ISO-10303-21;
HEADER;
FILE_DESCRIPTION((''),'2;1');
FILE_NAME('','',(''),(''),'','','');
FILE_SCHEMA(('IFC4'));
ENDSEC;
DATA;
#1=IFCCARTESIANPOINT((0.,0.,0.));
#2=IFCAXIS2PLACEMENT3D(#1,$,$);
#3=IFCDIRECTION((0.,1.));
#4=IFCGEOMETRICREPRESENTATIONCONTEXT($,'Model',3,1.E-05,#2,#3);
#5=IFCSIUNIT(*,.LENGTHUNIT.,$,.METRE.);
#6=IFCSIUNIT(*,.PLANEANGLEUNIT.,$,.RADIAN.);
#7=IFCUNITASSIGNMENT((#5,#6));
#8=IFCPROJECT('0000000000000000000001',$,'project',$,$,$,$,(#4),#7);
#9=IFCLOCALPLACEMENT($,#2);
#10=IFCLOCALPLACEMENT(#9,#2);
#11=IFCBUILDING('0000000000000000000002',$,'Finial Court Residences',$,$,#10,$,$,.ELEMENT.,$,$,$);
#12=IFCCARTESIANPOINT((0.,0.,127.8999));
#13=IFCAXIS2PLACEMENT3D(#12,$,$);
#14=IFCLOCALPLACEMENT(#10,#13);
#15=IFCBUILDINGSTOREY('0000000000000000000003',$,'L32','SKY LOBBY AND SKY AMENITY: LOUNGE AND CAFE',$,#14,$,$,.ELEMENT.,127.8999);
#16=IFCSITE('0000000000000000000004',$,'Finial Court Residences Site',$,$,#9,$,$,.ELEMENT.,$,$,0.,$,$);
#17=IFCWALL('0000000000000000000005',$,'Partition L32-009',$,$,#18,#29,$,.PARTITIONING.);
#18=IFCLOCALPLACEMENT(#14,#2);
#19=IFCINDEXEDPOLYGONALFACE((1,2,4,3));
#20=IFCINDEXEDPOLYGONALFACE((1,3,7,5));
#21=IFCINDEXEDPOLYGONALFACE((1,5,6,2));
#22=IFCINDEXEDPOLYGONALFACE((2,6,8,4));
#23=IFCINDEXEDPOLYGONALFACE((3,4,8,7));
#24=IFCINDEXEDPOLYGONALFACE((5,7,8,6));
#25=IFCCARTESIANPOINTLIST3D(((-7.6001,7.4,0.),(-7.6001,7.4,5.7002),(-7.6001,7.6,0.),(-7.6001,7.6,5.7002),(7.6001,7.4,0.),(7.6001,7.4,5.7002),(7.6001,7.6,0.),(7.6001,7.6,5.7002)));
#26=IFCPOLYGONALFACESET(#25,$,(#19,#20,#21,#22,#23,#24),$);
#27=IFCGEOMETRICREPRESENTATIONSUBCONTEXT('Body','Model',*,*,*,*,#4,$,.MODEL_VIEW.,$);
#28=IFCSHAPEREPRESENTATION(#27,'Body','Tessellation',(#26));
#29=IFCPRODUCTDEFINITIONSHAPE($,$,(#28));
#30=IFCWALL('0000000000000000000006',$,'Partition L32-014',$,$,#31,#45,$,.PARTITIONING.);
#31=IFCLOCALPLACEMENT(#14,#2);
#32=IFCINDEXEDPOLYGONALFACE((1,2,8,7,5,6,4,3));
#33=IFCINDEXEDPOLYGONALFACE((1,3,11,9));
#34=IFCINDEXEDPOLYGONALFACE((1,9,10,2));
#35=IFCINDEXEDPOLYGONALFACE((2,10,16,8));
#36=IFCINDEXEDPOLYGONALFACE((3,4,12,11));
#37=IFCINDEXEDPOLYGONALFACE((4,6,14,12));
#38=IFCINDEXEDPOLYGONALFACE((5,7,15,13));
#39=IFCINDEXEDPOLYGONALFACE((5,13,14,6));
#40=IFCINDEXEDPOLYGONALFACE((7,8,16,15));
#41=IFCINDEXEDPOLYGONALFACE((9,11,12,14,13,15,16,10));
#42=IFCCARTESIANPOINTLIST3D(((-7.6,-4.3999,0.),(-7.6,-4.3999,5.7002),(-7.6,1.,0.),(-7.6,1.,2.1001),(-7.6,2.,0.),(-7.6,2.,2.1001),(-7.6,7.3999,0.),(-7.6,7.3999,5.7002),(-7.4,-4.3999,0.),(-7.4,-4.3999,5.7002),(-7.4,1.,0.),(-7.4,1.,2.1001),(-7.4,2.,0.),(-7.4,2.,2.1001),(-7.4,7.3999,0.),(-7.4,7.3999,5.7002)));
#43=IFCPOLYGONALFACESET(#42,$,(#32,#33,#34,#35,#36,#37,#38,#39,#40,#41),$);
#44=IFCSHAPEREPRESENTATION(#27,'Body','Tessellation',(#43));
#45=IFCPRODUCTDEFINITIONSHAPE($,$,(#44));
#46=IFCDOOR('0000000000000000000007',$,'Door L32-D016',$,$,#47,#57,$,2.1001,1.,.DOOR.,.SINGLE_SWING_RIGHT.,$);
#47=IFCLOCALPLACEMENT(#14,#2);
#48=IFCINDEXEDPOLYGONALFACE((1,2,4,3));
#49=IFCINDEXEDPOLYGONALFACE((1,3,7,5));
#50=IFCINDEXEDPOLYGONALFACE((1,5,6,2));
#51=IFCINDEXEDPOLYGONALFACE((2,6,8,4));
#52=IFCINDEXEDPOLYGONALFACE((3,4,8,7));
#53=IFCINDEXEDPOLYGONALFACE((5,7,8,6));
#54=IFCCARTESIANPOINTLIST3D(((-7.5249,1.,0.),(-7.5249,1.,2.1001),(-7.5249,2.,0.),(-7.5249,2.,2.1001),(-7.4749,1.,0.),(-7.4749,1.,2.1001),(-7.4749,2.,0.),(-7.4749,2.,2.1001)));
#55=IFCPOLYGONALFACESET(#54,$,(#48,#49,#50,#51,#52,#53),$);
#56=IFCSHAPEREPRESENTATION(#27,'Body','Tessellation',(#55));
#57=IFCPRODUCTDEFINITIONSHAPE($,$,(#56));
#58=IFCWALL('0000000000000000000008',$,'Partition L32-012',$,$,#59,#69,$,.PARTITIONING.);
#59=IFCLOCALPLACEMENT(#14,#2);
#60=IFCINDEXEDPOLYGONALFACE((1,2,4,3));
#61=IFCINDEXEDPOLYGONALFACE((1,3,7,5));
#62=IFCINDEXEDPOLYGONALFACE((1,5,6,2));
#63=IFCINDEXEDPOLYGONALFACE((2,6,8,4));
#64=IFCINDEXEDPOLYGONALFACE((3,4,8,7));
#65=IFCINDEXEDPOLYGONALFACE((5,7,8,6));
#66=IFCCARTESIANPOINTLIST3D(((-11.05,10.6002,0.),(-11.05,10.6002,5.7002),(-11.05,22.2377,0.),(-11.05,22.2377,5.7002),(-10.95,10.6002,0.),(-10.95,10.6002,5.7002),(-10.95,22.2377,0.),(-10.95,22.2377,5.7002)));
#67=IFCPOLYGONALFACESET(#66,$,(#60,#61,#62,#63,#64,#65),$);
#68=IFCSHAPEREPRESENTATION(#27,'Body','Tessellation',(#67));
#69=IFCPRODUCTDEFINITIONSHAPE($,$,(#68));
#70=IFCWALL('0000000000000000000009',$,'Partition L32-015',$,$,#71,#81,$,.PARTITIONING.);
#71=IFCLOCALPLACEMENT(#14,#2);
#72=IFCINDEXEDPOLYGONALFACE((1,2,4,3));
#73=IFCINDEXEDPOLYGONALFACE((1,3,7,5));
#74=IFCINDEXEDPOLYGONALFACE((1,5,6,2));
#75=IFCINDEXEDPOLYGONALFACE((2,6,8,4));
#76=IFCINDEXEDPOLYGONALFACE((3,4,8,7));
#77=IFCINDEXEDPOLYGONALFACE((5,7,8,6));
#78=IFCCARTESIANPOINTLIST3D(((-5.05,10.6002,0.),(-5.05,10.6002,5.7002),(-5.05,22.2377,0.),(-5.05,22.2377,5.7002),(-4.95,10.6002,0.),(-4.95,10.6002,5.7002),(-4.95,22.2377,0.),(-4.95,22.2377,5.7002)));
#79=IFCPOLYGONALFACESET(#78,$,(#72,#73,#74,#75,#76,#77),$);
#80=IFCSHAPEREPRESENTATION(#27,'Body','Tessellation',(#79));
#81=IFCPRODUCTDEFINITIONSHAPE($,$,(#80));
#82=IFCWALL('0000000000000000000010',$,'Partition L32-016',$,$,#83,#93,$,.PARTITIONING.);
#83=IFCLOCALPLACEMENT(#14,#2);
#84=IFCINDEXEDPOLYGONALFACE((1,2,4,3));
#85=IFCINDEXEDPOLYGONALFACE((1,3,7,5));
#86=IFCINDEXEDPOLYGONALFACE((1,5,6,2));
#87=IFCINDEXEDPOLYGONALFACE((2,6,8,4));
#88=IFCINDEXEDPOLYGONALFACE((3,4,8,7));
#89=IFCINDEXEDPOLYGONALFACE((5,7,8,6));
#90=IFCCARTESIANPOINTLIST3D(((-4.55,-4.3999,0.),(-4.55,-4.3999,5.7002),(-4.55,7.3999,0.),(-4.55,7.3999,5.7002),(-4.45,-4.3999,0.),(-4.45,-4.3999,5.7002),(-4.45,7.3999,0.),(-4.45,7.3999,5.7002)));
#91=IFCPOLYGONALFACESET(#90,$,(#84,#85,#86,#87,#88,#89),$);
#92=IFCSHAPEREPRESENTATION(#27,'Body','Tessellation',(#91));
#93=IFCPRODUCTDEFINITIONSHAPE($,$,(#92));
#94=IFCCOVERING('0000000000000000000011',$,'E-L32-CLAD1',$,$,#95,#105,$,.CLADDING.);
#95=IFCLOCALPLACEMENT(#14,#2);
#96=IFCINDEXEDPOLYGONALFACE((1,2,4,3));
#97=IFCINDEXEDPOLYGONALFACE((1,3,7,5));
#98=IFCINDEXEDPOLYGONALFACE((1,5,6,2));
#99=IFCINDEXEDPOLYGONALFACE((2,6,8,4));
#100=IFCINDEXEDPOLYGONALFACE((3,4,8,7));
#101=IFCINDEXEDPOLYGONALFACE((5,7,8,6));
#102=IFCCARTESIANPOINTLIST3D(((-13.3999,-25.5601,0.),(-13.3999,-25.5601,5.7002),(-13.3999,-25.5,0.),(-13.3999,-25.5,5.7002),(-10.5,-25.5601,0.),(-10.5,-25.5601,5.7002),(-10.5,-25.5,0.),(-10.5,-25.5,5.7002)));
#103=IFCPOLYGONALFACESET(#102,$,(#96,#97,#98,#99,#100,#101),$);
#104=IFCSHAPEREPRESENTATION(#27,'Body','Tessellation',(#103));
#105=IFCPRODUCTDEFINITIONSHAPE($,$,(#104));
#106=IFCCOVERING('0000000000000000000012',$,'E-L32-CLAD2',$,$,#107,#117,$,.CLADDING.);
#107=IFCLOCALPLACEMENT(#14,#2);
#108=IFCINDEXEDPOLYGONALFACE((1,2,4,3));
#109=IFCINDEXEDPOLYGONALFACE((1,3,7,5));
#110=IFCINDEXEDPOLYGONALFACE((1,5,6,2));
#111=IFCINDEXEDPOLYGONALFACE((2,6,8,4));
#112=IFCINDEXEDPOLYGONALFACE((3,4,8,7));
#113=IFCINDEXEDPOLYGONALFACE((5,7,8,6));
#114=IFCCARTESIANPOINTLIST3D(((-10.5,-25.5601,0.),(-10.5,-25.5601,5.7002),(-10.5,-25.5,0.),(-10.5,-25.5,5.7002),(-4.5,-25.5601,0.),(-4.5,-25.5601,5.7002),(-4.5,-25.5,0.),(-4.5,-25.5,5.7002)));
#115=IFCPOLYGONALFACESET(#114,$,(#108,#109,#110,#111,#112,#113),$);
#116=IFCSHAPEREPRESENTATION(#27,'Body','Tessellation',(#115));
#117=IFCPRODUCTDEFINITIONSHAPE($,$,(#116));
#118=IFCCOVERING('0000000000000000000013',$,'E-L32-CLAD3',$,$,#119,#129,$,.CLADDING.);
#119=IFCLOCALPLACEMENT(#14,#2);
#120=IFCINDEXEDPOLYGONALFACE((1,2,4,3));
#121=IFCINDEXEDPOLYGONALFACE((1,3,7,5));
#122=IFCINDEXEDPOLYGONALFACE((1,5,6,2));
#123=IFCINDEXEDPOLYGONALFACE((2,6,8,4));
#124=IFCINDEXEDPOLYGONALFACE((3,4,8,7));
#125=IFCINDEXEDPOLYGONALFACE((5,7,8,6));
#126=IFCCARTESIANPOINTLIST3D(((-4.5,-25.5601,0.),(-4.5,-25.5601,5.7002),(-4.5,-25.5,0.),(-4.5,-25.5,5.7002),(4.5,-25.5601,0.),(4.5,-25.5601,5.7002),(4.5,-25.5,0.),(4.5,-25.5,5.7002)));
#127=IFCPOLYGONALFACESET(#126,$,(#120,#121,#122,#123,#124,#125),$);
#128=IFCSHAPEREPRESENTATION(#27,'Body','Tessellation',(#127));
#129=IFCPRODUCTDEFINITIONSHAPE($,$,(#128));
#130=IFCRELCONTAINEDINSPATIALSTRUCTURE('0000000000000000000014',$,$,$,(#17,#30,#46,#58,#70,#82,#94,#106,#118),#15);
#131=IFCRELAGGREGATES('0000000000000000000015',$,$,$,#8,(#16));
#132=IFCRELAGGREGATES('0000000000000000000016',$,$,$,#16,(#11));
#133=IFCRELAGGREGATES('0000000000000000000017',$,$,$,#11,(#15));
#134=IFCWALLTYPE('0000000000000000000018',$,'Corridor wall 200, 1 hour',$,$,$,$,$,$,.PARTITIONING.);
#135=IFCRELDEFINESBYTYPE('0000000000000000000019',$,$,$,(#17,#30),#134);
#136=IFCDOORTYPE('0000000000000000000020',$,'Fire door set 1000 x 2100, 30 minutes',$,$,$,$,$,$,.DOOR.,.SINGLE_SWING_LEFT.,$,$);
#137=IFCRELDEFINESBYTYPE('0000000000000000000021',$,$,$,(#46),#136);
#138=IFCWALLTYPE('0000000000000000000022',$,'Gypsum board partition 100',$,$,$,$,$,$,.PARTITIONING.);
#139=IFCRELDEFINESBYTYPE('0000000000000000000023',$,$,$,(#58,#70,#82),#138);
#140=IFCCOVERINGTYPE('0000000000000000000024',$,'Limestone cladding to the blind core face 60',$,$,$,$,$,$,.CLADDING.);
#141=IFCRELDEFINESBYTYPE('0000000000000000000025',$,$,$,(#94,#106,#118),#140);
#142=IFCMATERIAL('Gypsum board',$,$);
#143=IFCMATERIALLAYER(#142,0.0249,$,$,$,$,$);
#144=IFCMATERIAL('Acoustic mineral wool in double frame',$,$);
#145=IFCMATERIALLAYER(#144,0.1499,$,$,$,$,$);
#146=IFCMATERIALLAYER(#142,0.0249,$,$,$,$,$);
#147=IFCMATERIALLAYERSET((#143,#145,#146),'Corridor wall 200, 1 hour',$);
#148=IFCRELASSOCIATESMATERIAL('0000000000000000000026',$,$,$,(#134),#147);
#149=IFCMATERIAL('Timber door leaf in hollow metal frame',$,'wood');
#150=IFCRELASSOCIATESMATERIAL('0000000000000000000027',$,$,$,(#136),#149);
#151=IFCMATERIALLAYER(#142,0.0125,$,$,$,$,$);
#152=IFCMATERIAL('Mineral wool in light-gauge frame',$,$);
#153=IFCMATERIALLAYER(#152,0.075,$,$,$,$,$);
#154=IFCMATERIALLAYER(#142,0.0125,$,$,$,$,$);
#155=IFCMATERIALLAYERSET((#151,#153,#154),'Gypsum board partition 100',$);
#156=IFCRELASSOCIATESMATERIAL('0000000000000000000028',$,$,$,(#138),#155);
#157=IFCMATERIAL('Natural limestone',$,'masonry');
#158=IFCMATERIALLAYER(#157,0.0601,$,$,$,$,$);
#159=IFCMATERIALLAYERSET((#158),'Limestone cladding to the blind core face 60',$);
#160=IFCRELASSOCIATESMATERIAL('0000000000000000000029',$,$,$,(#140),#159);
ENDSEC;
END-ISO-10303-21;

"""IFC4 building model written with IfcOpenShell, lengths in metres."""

from ifc_helpers import new_model, si_unit, direction, frame, frame_2d, origin, place, context, subcontext, project, spatial, polyline, rectangle, outline, extrude, material, layer, layer_set, type_object, element, fill, save


model = new_model("IFC4")

# Units and contexts
model_context = context("Model", 3, precision=1e-05, world=origin(), true_north=direction((0.0, 1.0)))
body_context = subcontext(model_context, "Body", "Model", "MODEL_VIEW")
ifc_project = project(units=[si_unit("LENGTHUNIT", "METRE"), si_unit("PLANEANGLEUNIT", "RADIAN")], contexts=[model_context])

# Site, building, storey
site_placement = place(None, origin())
site = spatial("IfcSite", under=ifc_project, at=site_placement, Name="Finial Court Residences Site", CompositionType="ELEMENT", RefElevation=0.0)
building_placement = place(site_placement, origin())
building = spatial("IfcBuilding", under=site, at=building_placement, Name="Finial Court Residences", CompositionType="ELEMENT")
storey_placement = place(building_placement, frame((0.0, 0.0, 127.8999)))
storey = spatial("IfcBuildingStorey", under=building, at=storey_placement, Name="L32", Description="SKY LOBBY AND SKY AMENITY: LOUNGE AND CAFE", CompositionType="ELEMENT", Elevation=127.8999)

# Shared definitions
ifc_material_1 = material(Name="Gypsum board")
ifc_layer_1 = layer(ifc_material_1, 0.0249)
ifc_material_2 = material(Name="Acoustic mineral wool in double frame")
ifc_layer_2 = layer(ifc_material_2, 0.1499)
ifc_layer_3 = layer(ifc_material_1, 0.0249)
ifc_layer_set_1 = layer_set([ifc_layer_1, ifc_layer_2, ifc_layer_3], Name="Corridor wall 200, 1 hour")
wall_type_1 = type_object("IfcWallType", Name="Corridor wall 200, 1 hour", PredefinedType="PARTITIONING", material=ifc_layer_set_1)
ifc_material_3 = material(Name="Timber door leaf in hollow metal frame", Category="wood")
door_type = type_object("IfcDoorType", Name="Fire door set 1000 x 2100, 30 minutes", OperationType="SINGLE_SWING_LEFT", PredefinedType="DOOR", material=ifc_material_3)

# Wall
wall_1_placement = place(storey_placement, frame((-7.6001, 7.5, 0.0), z_axis=(0.0, 0.0, 1.0), x_axis=(1.0, 0.0, 0.0)))
element("IfcWall", 1, at=wall_1_placement, inside=storey, type_object=wall_type_1, Name="Partition L32-009", PredefinedType="PARTITIONING", context=body_context, shape_type="SweptSolid", body=[
    extrude(rectangle(XDim=15.2002, YDim=0.2, at=frame_2d((7.6001, 0.0))), origin(), (0.0, 0.0, 1.0), 5.7002),
])

# Wall, opening, door
wall_2_placement = place(storey_placement, frame((-7.5, -4.3999, 0.0), z_axis=(0.0, 0.0, 1.0), x_axis=(0.0, 1.0, 0.0)))
wall_2 = element("IfcWall", 2, at=wall_2_placement, inside=storey, type_object=wall_type_1, Name="Partition L32-014", PredefinedType="PARTITIONING", context=body_context, shape_type="SweptSolid", body=[
    extrude(rectangle(XDim=11.7998, YDim=0.2, at=frame_2d((5.8999, 0.0))), origin(), (0.0, 0.0, 1.0), 5.7002),
])
opening_1_placement = place(wall_2_placement, frame((5.3999, 0.0, 0.0)))
opening_1 = element("IfcOpeningElement", 3, at=opening_1_placement, cuts=wall_2, PredefinedType="OPENING", context=body_context, shape_type="SweptSolid", body=[
    extrude(rectangle(XDim=1.0, YDim=2.1001, at=frame_2d((0.5, 1.05))), frame((0.0, 0.1099, 0.0), z_axis=(0.0, -1.0, 0.0), x_axis=(1.0, 0.0, 0.0)), (0.0, 0.0, 1.0), 0.22),
])
door_1_placement = place(opening_1_placement, origin())
door_1 = element("IfcDoor", 4, at=door_1_placement, inside=storey, type_object=door_type, Name="Door L32-D016", OperationType="SINGLE_SWING_RIGHT", OverallHeight=2.1001, OverallWidth=1.0, PredefinedType="DOOR", context=body_context, shape_type="SweptSolid", body=[
    extrude(rectangle(XDim=1.0, YDim=2.1001, at=frame_2d((0.5, 1.05))), frame((0.0, 0.0249, 0.0), z_axis=(0.0, -1.0, 0.0), x_axis=(1.0, 0.0, 0.0)), (0.0, 0.0, 1.0), 0.05),
])
fill(opening_1, door_1)

# Walls
ifc_layer_4 = layer(ifc_material_1, 0.0125)
ifc_material_4 = material(Name="Mineral wool in light-gauge frame")
ifc_layer_5 = layer(ifc_material_4, 0.075)
ifc_layer_6 = layer(ifc_material_1, 0.0125)
ifc_layer_set_2 = layer_set([ifc_layer_4, ifc_layer_5, ifc_layer_6], Name="Gypsum board partition 100")
wall_type_2 = type_object("IfcWallType", Name="Gypsum board partition 100", PredefinedType="PARTITIONING", material=ifc_layer_set_2)
for number, where, z_axis, x_axis, name in (
    (5, (-11.0, 10.6001, 0.0), (0.0, 0.0, 1.0), (0.0, 1.0, 0.0), "Partition L32-012"),
    (6, (-5.0, 10.6001, 0.0), (0.0, 0.0, 1.0), (0.0, 1.0, 0.0), "Partition L32-015"),
):
    element("IfcWall", number, at=place(storey_placement, frame(where, z_axis=z_axis, x_axis=x_axis)), inside=storey, type_object=wall_type_2, Name=name, PredefinedType="PARTITIONING", context=body_context, shape_type="SweptSolid", body=[
        extrude(rectangle(XDim=11.6375, YDim=0.1001, at=frame_2d((5.8188, 0.0))), origin(), (0.0, 0.0, 1.0), 5.7002),
    ])
wall_3_placement = place(storey_placement, frame((-4.5, -4.3999, 0.0), z_axis=(0.0, 0.0, 1.0), x_axis=(0.0, 1.0, 0.0)))
element("IfcWall", 7, at=wall_3_placement, inside=storey, type_object=wall_type_2, Name="Partition L32-016", PredefinedType="PARTITIONING", context=body_context, shape_type="SweptSolid", body=[
    extrude(rectangle(XDim=11.7998, YDim=0.1001, at=frame_2d((5.8999, 0.0))), origin(), (0.0, 0.0, 1.0), 5.7002),
])

# Coverings
ifc_material_5 = material(Name="Natural limestone", Category="masonry")
ifc_layer_7 = layer(ifc_material_5, 0.0601)
ifc_layer_set_3 = layer_set([ifc_layer_7], Name="Limestone cladding to the blind core face 60")
covering_type = type_object("IfcCoveringType", Name="Limestone cladding to the blind core face 60", PredefinedType="CLADDING", material=ifc_layer_set_3)
covering_1_placement = place(storey_placement, origin())
element("IfcCovering", 8, at=covering_1_placement, inside=storey, type_object=covering_type, Name="E-L32-CLAD1", PredefinedType="CLADDING", context=body_context, shape_type="SweptSolid", body=[
    extrude(outline(polyline([(-10.5, -25.5601), (-10.5, -25.5), (-13.3999, -25.5), (-13.3999, -25.5601), (-10.5, -25.5601)])), origin(), (0.0, 0.0, 1.0), 5.7002),
])
covering_2_placement = place(storey_placement, origin())
element("IfcCovering", 9, at=covering_2_placement, inside=storey, type_object=covering_type, Name="E-L32-CLAD2", PredefinedType="CLADDING", context=body_context, shape_type="SweptSolid", body=[
    extrude(outline(polyline([(-4.5, -25.5601), (-4.5, -25.5), (-10.5, -25.5), (-10.5, -25.5601), (-4.5, -25.5601)])), origin(), (0.0, 0.0, 1.0), 5.7002),
])
covering_3_placement = place(storey_placement, origin())
element("IfcCovering", 10, at=covering_3_placement, inside=storey, type_object=covering_type, Name="E-L32-CLAD3", PredefinedType="CLADDING", context=body_context, shape_type="SweptSolid", body=[
    extrude(outline(polyline([(4.5, -25.5601), (4.5, -25.5), (-4.5, -25.5), (-4.5, -25.5601), (4.5, -25.5601)])), origin(), (0.0, 0.0, 1.0), 5.7002),
])

save(model, "model.ifc")
